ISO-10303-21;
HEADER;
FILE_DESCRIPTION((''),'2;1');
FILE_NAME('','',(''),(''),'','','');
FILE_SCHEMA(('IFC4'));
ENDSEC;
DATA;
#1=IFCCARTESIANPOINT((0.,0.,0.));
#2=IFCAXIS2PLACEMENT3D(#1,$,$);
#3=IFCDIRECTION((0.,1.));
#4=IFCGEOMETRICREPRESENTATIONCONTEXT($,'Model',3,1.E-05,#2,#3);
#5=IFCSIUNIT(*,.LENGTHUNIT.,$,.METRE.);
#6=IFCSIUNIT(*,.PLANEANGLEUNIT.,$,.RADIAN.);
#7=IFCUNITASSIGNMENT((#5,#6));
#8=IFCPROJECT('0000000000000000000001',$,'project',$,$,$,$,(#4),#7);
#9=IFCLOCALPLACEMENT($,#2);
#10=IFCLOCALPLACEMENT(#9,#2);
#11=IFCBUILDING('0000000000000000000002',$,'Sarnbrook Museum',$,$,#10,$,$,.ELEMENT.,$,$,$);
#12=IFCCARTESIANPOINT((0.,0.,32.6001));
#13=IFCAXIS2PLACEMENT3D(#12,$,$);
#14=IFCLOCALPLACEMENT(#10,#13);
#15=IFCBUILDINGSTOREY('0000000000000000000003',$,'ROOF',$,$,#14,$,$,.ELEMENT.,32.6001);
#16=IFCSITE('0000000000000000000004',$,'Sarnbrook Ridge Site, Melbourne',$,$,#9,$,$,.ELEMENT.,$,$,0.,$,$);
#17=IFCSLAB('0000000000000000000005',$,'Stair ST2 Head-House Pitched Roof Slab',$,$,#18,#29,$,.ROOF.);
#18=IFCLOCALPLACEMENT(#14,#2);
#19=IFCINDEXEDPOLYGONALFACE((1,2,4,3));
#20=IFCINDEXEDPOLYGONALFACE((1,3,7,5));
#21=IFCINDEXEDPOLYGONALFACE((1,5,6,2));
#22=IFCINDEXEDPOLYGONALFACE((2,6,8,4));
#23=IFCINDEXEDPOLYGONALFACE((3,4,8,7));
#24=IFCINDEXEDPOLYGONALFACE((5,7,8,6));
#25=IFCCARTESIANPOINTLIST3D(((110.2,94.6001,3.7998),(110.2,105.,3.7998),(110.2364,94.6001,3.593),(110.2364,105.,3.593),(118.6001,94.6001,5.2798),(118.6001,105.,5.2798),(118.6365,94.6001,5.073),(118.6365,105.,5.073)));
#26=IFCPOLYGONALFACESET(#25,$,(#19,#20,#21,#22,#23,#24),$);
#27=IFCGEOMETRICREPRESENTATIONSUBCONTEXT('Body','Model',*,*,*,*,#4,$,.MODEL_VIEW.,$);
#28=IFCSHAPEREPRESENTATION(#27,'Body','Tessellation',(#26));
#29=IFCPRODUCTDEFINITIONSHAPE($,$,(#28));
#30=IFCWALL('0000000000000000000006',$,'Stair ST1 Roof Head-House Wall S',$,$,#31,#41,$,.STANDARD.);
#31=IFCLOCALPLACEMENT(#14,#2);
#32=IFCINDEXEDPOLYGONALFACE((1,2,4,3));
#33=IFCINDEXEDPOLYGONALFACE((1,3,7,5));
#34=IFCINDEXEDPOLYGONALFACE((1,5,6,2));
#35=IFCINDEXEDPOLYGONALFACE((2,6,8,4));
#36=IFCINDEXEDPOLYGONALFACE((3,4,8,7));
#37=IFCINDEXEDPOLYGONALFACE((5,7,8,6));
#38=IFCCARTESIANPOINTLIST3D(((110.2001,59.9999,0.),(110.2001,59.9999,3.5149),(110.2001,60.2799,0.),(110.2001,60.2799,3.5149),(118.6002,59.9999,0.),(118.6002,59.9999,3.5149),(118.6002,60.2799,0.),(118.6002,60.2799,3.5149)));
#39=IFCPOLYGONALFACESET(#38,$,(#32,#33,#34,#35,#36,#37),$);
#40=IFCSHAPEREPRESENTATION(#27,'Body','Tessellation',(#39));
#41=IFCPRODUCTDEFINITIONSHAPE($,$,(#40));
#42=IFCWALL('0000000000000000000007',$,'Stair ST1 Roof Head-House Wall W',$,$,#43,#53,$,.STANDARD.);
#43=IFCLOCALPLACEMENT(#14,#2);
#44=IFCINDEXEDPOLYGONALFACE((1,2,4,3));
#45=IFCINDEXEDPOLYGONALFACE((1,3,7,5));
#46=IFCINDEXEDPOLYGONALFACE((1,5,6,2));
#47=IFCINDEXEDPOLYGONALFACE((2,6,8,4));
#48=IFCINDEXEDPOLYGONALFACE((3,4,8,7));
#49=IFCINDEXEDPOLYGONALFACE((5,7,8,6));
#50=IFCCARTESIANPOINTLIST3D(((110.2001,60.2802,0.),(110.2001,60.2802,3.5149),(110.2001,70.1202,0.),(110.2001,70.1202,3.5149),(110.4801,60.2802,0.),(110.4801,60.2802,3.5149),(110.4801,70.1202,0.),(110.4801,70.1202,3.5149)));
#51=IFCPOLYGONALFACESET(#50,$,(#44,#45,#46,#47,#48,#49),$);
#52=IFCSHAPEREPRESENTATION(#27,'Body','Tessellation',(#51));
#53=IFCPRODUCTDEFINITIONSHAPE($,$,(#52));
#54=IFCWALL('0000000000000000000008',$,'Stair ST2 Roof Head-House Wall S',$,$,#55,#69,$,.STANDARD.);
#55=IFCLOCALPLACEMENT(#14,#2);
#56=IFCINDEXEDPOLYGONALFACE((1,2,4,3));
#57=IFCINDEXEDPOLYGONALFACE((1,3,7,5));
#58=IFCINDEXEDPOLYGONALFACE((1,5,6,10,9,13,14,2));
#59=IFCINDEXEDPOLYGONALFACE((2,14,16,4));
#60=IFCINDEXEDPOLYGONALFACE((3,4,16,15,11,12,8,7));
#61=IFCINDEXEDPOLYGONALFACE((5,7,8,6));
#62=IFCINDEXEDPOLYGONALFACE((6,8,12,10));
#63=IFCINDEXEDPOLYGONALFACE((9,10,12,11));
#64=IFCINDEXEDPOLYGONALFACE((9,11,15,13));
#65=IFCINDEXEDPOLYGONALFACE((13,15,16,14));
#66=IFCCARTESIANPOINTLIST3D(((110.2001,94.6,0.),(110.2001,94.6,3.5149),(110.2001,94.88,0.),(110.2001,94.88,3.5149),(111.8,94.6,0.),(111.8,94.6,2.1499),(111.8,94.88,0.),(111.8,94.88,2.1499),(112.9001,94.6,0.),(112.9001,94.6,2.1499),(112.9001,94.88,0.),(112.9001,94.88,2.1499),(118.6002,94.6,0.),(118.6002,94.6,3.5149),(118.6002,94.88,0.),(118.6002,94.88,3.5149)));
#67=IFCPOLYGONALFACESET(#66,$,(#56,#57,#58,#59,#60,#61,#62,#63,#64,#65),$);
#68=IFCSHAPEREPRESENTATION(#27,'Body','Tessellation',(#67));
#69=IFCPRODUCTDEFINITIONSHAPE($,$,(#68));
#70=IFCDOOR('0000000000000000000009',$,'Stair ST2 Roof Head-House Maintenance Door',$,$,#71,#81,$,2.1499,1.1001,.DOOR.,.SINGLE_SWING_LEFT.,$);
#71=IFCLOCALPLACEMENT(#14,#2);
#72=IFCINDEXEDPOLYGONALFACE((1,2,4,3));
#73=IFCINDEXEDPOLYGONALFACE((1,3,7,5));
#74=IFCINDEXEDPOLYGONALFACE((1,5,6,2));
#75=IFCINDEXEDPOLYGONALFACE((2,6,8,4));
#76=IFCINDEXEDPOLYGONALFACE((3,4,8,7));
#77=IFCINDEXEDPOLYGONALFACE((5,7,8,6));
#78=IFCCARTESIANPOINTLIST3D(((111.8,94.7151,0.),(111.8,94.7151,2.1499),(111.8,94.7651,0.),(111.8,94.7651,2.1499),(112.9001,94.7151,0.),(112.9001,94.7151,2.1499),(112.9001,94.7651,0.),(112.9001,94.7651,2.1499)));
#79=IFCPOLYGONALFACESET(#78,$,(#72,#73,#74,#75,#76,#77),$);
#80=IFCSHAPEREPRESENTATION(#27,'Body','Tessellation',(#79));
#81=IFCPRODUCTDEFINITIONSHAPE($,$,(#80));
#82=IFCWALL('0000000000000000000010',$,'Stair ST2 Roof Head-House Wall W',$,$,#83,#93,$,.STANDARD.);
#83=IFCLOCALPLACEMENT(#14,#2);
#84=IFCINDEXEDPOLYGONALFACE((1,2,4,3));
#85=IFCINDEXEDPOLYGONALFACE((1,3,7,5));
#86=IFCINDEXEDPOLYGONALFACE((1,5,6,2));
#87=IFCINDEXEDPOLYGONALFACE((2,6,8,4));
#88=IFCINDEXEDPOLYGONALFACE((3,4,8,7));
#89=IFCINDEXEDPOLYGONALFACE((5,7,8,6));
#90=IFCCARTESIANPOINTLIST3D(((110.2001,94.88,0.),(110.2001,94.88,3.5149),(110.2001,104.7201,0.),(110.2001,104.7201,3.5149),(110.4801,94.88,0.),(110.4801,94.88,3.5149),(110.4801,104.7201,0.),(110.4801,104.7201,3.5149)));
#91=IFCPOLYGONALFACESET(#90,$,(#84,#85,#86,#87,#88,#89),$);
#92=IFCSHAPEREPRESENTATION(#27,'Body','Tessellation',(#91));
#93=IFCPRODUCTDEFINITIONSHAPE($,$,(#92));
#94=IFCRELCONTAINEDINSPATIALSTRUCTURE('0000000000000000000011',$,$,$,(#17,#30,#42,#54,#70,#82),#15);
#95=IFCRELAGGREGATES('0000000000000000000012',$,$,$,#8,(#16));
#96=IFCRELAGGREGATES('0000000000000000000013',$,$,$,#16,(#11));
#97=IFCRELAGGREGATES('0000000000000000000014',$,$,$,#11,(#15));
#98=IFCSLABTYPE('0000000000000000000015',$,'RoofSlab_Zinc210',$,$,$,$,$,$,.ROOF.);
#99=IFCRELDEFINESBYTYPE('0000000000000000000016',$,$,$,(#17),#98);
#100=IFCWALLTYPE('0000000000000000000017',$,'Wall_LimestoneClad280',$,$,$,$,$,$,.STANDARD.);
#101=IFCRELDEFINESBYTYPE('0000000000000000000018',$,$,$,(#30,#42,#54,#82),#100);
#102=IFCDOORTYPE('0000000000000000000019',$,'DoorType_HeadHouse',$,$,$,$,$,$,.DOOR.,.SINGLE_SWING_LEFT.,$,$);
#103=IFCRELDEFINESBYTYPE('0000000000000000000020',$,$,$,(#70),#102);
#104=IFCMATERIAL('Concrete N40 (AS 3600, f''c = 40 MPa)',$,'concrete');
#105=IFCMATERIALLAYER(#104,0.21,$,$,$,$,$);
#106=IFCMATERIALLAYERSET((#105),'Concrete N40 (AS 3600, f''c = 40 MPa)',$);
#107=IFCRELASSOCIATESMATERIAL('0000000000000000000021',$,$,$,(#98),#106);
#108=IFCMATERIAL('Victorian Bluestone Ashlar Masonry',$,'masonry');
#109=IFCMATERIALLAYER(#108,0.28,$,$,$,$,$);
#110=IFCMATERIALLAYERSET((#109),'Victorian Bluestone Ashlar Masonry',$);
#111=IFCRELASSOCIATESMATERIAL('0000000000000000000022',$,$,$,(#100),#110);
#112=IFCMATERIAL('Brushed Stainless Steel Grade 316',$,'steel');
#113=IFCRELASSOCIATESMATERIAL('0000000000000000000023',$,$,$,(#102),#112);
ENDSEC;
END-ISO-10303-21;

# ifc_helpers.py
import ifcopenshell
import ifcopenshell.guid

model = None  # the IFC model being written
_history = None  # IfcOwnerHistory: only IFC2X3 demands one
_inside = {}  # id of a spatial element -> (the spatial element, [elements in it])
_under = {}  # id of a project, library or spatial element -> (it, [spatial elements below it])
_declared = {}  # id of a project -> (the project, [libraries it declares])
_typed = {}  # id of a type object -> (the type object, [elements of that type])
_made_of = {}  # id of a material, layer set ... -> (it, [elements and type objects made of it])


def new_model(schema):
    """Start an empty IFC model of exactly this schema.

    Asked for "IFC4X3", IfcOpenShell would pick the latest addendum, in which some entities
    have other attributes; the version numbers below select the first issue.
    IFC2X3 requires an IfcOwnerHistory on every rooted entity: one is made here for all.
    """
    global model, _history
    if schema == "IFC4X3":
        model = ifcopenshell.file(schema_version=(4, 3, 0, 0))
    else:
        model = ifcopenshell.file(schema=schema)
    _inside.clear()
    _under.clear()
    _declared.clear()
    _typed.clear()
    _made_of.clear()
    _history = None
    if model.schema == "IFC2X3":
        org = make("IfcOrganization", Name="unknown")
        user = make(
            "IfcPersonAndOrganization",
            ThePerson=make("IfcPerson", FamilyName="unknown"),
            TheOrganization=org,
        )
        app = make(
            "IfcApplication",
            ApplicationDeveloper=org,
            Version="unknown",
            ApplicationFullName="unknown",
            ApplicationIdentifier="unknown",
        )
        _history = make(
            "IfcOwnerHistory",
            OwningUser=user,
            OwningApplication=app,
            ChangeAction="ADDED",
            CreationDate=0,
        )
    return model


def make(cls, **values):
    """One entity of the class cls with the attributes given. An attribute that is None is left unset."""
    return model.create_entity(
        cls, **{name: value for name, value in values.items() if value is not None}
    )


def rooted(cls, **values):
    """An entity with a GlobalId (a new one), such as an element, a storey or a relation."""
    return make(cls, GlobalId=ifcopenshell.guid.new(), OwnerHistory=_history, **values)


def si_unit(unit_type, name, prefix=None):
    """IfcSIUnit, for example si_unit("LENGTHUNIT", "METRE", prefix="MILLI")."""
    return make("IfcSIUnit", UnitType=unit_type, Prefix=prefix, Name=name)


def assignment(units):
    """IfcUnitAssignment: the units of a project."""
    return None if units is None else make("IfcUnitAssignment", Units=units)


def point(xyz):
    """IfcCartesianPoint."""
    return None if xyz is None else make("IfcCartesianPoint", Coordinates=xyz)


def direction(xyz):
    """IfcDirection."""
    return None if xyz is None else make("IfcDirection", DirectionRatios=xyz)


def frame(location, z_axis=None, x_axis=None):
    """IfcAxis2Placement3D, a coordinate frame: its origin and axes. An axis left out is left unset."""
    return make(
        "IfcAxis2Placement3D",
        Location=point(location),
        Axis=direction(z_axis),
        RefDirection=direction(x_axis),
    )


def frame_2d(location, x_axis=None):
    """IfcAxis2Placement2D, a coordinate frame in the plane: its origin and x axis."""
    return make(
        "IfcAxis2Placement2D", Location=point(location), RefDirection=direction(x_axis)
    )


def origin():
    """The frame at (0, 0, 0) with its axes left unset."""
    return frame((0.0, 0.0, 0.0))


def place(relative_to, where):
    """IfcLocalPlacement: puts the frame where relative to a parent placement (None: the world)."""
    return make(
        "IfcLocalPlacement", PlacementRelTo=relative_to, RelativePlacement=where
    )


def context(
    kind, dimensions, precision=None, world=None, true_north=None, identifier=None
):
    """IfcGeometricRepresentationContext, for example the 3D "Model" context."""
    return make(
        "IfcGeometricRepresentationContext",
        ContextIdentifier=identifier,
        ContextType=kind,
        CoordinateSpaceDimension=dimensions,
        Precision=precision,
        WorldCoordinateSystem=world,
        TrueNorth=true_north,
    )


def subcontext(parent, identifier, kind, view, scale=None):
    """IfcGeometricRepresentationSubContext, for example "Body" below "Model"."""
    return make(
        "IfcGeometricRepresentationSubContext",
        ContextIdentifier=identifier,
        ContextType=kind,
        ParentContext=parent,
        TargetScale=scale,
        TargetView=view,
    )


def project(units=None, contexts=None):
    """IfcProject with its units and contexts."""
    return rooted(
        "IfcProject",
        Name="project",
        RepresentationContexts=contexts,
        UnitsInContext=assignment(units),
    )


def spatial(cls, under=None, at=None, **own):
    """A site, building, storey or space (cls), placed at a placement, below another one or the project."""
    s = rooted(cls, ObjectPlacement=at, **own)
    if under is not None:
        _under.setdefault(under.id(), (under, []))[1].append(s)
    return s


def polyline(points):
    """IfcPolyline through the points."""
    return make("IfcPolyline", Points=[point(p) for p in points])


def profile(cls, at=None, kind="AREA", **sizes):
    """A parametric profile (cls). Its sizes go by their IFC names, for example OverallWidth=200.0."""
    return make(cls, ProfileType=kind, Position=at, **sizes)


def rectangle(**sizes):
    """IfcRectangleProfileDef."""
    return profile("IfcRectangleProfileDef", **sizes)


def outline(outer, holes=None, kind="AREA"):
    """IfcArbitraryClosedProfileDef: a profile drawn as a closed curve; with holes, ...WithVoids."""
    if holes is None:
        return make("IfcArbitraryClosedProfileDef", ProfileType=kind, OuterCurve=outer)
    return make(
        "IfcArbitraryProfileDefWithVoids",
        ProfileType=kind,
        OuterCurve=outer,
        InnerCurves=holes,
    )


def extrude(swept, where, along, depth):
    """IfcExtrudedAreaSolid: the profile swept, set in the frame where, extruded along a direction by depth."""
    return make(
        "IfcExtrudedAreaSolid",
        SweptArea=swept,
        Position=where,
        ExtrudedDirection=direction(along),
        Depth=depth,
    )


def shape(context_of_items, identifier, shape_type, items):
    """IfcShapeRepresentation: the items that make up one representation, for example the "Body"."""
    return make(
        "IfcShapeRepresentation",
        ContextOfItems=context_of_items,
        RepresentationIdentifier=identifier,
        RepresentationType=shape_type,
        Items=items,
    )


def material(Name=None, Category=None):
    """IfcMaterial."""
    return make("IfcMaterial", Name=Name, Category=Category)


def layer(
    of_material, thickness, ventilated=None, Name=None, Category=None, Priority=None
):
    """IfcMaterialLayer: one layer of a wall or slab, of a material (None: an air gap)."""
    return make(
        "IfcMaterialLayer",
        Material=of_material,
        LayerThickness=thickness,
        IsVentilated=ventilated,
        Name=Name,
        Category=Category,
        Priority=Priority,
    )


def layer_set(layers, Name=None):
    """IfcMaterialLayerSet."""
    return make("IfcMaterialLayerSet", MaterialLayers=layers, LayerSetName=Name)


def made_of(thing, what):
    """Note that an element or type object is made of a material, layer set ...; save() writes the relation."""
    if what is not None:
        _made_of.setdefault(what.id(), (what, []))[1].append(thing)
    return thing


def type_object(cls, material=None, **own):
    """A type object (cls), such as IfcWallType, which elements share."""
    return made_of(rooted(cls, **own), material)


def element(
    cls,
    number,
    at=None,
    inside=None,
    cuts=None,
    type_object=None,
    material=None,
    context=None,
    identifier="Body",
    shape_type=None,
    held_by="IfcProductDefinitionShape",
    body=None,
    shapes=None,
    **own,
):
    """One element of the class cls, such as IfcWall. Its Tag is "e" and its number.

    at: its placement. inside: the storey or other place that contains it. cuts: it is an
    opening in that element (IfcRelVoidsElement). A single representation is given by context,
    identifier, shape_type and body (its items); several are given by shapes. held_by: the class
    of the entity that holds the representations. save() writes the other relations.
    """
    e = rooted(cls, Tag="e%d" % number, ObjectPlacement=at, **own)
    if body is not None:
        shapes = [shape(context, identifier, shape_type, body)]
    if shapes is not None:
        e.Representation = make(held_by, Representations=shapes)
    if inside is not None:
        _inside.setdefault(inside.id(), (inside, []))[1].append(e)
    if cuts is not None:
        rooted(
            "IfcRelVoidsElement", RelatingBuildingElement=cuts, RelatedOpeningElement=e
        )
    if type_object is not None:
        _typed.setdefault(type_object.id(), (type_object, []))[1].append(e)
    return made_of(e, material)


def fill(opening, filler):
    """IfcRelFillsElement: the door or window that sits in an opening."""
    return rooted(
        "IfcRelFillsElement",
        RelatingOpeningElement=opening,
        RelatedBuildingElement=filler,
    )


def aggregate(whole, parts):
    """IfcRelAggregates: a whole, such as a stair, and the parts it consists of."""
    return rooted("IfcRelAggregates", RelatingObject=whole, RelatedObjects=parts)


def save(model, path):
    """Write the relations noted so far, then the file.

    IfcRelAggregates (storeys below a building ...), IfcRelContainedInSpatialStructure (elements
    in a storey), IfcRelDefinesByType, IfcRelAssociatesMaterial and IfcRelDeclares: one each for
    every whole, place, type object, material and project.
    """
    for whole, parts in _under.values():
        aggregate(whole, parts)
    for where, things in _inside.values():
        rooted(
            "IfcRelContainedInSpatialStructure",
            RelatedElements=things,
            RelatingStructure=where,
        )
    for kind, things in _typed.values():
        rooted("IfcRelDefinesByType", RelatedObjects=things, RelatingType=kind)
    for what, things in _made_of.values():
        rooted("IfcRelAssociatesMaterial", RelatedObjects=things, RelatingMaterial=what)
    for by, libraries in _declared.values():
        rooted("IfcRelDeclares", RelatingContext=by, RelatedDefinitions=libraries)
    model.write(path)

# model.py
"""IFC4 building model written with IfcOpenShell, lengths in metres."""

from ifc_helpers import new_model, si_unit, direction, frame, frame_2d, origin, place, context, subcontext, project, spatial, polyline, rectangle, outline, extrude, material, layer, layer_set, type_object, element, fill, save


model = new_model("IFC4")

# Units and contexts
model_context = context("Model", 3, precision=1e-05, world=origin(), true_north=direction((0.0, 1.0)))
body_context = subcontext(model_context, "Body", "Model", "MODEL_VIEW")
ifc_project = project(units=[si_unit("LENGTHUNIT", "METRE"), si_unit("PLANEANGLEUNIT", "RADIAN")], contexts=[model_context])

# Site, building, storey
site_placement = place(None, origin())
site = spatial("IfcSite", under=ifc_project, at=site_placement, Name="Sarnbrook Ridge Site, Melbourne", CompositionType="ELEMENT", RefElevation=0.0)
building_placement = place(site_placement, origin())
building = spatial("IfcBuilding", under=site, at=building_placement, Name="Sarnbrook Museum", CompositionType="ELEMENT")
storey_placement = place(building_placement, frame((0.0, 0.0, 32.6001)))
storey = spatial("IfcBuildingStorey", under=building, at=storey_placement, Name="ROOF", CompositionType="ELEMENT", Elevation=32.6001)

# Slab
ifc_material_1 = material(Name="Concrete N40 (AS 3600, f'c = 40 MPa)", Category="concrete")
ifc_layer_1 = layer(ifc_material_1, 0.21)
ifc_layer_set_1 = layer_set([ifc_layer_1], Name="Concrete N40 (AS 3600, f'c = 40 MPa)")
slab_type = type_object("IfcSlabType", Name="RoofSlab_Zinc210", PredefinedType="ROOF", material=ifc_layer_set_1)
for number, where, z_axis, x_axis, name in (
    (1, (110.2, 94.6001, 3.7998), (-0.173513, 0.0, 0.984832), (0.984832, 0.0, 0.173513), "Stair ST2 Head-House Pitched Roof Slab"),
):
    element("IfcSlab", number, at=place(storey_placement, frame(where, z_axis=z_axis, x_axis=x_axis)), inside=storey, type_object=slab_type, Name=name, PredefinedType="ROOF", context=body_context, shape_type="SweptSolid", body=[
        extrude(outline(polyline([(0.0, 0.0), (8.5295, 0.0), (8.5295, 10.3999), (0.0, 10.3999), (0.0, 0.0)])), origin(), (0.0, 0.0, -1.0), 0.21),
    ])

# Walls
ifc_material_2 = material(Name="Victorian Bluestone Ashlar Masonry", Category="masonry")
ifc_layer_2 = layer(ifc_material_2, 0.28)
ifc_layer_set_2 = layer_set([ifc_layer_2], Name="Victorian Bluestone Ashlar Masonry")
wall_type = type_object("IfcWallType", Name="Wall_LimestoneClad280", PredefinedType="STANDARD", material=ifc_layer_set_2)
wall_1_placement = place(storey_placement, frame((110.2, 60.1399, 0.0), z_axis=(0.0, 0.0, 1.0), x_axis=(1.0, 0.0, 0.0)))
element("IfcWall", 2, at=wall_1_placement, inside=storey, type_object=wall_type, Name="Stair ST1 Roof Head-House Wall S", PredefinedType="STANDARD", context=body_context, shape_type="SweptSolid", body=[
    extrude(rectangle(XDim=8.4001, YDim=0.28, at=frame_2d((4.2002, 0.0))), origin(), (0.0, 0.0, 1.0), 3.5149),
])
wall_2_placement = place(storey_placement, frame((110.3401, 70.1201, 0.0), z_axis=(0.0, 0.0, 1.0), x_axis=(0.0, -1.0, 0.0)))
element("IfcWall", 3, at=wall_2_placement, inside=storey, type_object=wall_type, Name="Stair ST1 Roof Head-House Wall W", PredefinedType="STANDARD", context=body_context, shape_type="SweptSolid", body=[
    extrude(rectangle(XDim=9.8401, YDim=0.28, at=frame_2d((4.9199, 0.0))), origin(), (0.0, 0.0, 1.0), 3.5149),
])

# Wall, opening, door
wall_3_placement = place(storey_placement, frame((110.2, 94.74, 0.0), z_axis=(0.0, 0.0, 1.0), x_axis=(1.0, 0.0, 0.0)))
wall_3 = element("IfcWall", 4, at=wall_3_placement, inside=storey, type_object=wall_type, Name="Stair ST2 Roof Head-House Wall S", PredefinedType="STANDARD", context=body_context, shape_type="SweptSolid", body=[
    extrude(rectangle(XDim=8.4001, YDim=0.28, at=frame_2d((4.2002, 0.0))), origin(), (0.0, 0.0, 1.0), 3.5149),
])
opening_placement = place(wall_3_placement, frame((1.6001, 0.0, 0.0)))
opening = element("IfcOpeningElement", 5, at=opening_placement, cuts=wall_3, PredefinedType="OPENING", context=body_context, shape_type="SweptSolid", body=[
    extrude(rectangle(XDim=1.1001, YDim=2.1499, at=frame_2d((0.55, 1.075))), frame((0.0, 0.1499, 0.0), z_axis=(0.0, -1.0, 0.0), x_axis=(1.0, 0.0, 0.0)), (0.0, 0.0, 1.0), 0.3),
])
ifc_material_3 = material(Name="Brushed Stainless Steel Grade 316", Category="steel")
door_type = type_object("IfcDoorType", Name="DoorType_HeadHouse", OperationType="SINGLE_SWING_LEFT", PredefinedType="DOOR", material=ifc_material_3)
door_placement = place(opening_placement, frame((1.1001, 0.0, 0.0), z_axis=(0.0, 0.0, 1.0), x_axis=(-1.0, 0.0, 0.0)))
door = element("IfcDoor", 6, at=door_placement, inside=storey, type_object=door_type, Name="Stair ST2 Roof Head-House Maintenance Door", OperationType="SINGLE_SWING_LEFT", OverallHeight=2.1499, OverallWidth=1.1001, PredefinedType="DOOR", context=body_context, shape_type="SweptSolid", body=[
    extrude(rectangle(XDim=1.1001, YDim=2.1499, at=frame_2d((0.55, 1.075))), frame((0.0, 0.0249, 0.0), z_axis=(0.0, -1.0, 0.0), x_axis=(1.0, 0.0, 0.0)), (0.0, 0.0, 1.0), 0.05),
])
fill(opening, door)

# Wall
wall_4_placement = place(storey_placement, frame((110.3401, 104.72, 0.0), z_axis=(0.0, 0.0, 1.0), x_axis=(0.0, -1.0, 0.0)))
element("IfcWall", 7, at=wall_4_placement, inside=storey, type_object=wall_type, Name="Stair ST2 Roof Head-House Wall W", PredefinedType="STANDARD", context=body_context, shape_type="SweptSolid", body=[
    extrude(rectangle(XDim=9.8401, YDim=0.28, at=frame_2d((4.9199, 0.0))), origin(), (0.0, 0.0, 1.0), 3.5149),
])

save(model, "model.ifc")
